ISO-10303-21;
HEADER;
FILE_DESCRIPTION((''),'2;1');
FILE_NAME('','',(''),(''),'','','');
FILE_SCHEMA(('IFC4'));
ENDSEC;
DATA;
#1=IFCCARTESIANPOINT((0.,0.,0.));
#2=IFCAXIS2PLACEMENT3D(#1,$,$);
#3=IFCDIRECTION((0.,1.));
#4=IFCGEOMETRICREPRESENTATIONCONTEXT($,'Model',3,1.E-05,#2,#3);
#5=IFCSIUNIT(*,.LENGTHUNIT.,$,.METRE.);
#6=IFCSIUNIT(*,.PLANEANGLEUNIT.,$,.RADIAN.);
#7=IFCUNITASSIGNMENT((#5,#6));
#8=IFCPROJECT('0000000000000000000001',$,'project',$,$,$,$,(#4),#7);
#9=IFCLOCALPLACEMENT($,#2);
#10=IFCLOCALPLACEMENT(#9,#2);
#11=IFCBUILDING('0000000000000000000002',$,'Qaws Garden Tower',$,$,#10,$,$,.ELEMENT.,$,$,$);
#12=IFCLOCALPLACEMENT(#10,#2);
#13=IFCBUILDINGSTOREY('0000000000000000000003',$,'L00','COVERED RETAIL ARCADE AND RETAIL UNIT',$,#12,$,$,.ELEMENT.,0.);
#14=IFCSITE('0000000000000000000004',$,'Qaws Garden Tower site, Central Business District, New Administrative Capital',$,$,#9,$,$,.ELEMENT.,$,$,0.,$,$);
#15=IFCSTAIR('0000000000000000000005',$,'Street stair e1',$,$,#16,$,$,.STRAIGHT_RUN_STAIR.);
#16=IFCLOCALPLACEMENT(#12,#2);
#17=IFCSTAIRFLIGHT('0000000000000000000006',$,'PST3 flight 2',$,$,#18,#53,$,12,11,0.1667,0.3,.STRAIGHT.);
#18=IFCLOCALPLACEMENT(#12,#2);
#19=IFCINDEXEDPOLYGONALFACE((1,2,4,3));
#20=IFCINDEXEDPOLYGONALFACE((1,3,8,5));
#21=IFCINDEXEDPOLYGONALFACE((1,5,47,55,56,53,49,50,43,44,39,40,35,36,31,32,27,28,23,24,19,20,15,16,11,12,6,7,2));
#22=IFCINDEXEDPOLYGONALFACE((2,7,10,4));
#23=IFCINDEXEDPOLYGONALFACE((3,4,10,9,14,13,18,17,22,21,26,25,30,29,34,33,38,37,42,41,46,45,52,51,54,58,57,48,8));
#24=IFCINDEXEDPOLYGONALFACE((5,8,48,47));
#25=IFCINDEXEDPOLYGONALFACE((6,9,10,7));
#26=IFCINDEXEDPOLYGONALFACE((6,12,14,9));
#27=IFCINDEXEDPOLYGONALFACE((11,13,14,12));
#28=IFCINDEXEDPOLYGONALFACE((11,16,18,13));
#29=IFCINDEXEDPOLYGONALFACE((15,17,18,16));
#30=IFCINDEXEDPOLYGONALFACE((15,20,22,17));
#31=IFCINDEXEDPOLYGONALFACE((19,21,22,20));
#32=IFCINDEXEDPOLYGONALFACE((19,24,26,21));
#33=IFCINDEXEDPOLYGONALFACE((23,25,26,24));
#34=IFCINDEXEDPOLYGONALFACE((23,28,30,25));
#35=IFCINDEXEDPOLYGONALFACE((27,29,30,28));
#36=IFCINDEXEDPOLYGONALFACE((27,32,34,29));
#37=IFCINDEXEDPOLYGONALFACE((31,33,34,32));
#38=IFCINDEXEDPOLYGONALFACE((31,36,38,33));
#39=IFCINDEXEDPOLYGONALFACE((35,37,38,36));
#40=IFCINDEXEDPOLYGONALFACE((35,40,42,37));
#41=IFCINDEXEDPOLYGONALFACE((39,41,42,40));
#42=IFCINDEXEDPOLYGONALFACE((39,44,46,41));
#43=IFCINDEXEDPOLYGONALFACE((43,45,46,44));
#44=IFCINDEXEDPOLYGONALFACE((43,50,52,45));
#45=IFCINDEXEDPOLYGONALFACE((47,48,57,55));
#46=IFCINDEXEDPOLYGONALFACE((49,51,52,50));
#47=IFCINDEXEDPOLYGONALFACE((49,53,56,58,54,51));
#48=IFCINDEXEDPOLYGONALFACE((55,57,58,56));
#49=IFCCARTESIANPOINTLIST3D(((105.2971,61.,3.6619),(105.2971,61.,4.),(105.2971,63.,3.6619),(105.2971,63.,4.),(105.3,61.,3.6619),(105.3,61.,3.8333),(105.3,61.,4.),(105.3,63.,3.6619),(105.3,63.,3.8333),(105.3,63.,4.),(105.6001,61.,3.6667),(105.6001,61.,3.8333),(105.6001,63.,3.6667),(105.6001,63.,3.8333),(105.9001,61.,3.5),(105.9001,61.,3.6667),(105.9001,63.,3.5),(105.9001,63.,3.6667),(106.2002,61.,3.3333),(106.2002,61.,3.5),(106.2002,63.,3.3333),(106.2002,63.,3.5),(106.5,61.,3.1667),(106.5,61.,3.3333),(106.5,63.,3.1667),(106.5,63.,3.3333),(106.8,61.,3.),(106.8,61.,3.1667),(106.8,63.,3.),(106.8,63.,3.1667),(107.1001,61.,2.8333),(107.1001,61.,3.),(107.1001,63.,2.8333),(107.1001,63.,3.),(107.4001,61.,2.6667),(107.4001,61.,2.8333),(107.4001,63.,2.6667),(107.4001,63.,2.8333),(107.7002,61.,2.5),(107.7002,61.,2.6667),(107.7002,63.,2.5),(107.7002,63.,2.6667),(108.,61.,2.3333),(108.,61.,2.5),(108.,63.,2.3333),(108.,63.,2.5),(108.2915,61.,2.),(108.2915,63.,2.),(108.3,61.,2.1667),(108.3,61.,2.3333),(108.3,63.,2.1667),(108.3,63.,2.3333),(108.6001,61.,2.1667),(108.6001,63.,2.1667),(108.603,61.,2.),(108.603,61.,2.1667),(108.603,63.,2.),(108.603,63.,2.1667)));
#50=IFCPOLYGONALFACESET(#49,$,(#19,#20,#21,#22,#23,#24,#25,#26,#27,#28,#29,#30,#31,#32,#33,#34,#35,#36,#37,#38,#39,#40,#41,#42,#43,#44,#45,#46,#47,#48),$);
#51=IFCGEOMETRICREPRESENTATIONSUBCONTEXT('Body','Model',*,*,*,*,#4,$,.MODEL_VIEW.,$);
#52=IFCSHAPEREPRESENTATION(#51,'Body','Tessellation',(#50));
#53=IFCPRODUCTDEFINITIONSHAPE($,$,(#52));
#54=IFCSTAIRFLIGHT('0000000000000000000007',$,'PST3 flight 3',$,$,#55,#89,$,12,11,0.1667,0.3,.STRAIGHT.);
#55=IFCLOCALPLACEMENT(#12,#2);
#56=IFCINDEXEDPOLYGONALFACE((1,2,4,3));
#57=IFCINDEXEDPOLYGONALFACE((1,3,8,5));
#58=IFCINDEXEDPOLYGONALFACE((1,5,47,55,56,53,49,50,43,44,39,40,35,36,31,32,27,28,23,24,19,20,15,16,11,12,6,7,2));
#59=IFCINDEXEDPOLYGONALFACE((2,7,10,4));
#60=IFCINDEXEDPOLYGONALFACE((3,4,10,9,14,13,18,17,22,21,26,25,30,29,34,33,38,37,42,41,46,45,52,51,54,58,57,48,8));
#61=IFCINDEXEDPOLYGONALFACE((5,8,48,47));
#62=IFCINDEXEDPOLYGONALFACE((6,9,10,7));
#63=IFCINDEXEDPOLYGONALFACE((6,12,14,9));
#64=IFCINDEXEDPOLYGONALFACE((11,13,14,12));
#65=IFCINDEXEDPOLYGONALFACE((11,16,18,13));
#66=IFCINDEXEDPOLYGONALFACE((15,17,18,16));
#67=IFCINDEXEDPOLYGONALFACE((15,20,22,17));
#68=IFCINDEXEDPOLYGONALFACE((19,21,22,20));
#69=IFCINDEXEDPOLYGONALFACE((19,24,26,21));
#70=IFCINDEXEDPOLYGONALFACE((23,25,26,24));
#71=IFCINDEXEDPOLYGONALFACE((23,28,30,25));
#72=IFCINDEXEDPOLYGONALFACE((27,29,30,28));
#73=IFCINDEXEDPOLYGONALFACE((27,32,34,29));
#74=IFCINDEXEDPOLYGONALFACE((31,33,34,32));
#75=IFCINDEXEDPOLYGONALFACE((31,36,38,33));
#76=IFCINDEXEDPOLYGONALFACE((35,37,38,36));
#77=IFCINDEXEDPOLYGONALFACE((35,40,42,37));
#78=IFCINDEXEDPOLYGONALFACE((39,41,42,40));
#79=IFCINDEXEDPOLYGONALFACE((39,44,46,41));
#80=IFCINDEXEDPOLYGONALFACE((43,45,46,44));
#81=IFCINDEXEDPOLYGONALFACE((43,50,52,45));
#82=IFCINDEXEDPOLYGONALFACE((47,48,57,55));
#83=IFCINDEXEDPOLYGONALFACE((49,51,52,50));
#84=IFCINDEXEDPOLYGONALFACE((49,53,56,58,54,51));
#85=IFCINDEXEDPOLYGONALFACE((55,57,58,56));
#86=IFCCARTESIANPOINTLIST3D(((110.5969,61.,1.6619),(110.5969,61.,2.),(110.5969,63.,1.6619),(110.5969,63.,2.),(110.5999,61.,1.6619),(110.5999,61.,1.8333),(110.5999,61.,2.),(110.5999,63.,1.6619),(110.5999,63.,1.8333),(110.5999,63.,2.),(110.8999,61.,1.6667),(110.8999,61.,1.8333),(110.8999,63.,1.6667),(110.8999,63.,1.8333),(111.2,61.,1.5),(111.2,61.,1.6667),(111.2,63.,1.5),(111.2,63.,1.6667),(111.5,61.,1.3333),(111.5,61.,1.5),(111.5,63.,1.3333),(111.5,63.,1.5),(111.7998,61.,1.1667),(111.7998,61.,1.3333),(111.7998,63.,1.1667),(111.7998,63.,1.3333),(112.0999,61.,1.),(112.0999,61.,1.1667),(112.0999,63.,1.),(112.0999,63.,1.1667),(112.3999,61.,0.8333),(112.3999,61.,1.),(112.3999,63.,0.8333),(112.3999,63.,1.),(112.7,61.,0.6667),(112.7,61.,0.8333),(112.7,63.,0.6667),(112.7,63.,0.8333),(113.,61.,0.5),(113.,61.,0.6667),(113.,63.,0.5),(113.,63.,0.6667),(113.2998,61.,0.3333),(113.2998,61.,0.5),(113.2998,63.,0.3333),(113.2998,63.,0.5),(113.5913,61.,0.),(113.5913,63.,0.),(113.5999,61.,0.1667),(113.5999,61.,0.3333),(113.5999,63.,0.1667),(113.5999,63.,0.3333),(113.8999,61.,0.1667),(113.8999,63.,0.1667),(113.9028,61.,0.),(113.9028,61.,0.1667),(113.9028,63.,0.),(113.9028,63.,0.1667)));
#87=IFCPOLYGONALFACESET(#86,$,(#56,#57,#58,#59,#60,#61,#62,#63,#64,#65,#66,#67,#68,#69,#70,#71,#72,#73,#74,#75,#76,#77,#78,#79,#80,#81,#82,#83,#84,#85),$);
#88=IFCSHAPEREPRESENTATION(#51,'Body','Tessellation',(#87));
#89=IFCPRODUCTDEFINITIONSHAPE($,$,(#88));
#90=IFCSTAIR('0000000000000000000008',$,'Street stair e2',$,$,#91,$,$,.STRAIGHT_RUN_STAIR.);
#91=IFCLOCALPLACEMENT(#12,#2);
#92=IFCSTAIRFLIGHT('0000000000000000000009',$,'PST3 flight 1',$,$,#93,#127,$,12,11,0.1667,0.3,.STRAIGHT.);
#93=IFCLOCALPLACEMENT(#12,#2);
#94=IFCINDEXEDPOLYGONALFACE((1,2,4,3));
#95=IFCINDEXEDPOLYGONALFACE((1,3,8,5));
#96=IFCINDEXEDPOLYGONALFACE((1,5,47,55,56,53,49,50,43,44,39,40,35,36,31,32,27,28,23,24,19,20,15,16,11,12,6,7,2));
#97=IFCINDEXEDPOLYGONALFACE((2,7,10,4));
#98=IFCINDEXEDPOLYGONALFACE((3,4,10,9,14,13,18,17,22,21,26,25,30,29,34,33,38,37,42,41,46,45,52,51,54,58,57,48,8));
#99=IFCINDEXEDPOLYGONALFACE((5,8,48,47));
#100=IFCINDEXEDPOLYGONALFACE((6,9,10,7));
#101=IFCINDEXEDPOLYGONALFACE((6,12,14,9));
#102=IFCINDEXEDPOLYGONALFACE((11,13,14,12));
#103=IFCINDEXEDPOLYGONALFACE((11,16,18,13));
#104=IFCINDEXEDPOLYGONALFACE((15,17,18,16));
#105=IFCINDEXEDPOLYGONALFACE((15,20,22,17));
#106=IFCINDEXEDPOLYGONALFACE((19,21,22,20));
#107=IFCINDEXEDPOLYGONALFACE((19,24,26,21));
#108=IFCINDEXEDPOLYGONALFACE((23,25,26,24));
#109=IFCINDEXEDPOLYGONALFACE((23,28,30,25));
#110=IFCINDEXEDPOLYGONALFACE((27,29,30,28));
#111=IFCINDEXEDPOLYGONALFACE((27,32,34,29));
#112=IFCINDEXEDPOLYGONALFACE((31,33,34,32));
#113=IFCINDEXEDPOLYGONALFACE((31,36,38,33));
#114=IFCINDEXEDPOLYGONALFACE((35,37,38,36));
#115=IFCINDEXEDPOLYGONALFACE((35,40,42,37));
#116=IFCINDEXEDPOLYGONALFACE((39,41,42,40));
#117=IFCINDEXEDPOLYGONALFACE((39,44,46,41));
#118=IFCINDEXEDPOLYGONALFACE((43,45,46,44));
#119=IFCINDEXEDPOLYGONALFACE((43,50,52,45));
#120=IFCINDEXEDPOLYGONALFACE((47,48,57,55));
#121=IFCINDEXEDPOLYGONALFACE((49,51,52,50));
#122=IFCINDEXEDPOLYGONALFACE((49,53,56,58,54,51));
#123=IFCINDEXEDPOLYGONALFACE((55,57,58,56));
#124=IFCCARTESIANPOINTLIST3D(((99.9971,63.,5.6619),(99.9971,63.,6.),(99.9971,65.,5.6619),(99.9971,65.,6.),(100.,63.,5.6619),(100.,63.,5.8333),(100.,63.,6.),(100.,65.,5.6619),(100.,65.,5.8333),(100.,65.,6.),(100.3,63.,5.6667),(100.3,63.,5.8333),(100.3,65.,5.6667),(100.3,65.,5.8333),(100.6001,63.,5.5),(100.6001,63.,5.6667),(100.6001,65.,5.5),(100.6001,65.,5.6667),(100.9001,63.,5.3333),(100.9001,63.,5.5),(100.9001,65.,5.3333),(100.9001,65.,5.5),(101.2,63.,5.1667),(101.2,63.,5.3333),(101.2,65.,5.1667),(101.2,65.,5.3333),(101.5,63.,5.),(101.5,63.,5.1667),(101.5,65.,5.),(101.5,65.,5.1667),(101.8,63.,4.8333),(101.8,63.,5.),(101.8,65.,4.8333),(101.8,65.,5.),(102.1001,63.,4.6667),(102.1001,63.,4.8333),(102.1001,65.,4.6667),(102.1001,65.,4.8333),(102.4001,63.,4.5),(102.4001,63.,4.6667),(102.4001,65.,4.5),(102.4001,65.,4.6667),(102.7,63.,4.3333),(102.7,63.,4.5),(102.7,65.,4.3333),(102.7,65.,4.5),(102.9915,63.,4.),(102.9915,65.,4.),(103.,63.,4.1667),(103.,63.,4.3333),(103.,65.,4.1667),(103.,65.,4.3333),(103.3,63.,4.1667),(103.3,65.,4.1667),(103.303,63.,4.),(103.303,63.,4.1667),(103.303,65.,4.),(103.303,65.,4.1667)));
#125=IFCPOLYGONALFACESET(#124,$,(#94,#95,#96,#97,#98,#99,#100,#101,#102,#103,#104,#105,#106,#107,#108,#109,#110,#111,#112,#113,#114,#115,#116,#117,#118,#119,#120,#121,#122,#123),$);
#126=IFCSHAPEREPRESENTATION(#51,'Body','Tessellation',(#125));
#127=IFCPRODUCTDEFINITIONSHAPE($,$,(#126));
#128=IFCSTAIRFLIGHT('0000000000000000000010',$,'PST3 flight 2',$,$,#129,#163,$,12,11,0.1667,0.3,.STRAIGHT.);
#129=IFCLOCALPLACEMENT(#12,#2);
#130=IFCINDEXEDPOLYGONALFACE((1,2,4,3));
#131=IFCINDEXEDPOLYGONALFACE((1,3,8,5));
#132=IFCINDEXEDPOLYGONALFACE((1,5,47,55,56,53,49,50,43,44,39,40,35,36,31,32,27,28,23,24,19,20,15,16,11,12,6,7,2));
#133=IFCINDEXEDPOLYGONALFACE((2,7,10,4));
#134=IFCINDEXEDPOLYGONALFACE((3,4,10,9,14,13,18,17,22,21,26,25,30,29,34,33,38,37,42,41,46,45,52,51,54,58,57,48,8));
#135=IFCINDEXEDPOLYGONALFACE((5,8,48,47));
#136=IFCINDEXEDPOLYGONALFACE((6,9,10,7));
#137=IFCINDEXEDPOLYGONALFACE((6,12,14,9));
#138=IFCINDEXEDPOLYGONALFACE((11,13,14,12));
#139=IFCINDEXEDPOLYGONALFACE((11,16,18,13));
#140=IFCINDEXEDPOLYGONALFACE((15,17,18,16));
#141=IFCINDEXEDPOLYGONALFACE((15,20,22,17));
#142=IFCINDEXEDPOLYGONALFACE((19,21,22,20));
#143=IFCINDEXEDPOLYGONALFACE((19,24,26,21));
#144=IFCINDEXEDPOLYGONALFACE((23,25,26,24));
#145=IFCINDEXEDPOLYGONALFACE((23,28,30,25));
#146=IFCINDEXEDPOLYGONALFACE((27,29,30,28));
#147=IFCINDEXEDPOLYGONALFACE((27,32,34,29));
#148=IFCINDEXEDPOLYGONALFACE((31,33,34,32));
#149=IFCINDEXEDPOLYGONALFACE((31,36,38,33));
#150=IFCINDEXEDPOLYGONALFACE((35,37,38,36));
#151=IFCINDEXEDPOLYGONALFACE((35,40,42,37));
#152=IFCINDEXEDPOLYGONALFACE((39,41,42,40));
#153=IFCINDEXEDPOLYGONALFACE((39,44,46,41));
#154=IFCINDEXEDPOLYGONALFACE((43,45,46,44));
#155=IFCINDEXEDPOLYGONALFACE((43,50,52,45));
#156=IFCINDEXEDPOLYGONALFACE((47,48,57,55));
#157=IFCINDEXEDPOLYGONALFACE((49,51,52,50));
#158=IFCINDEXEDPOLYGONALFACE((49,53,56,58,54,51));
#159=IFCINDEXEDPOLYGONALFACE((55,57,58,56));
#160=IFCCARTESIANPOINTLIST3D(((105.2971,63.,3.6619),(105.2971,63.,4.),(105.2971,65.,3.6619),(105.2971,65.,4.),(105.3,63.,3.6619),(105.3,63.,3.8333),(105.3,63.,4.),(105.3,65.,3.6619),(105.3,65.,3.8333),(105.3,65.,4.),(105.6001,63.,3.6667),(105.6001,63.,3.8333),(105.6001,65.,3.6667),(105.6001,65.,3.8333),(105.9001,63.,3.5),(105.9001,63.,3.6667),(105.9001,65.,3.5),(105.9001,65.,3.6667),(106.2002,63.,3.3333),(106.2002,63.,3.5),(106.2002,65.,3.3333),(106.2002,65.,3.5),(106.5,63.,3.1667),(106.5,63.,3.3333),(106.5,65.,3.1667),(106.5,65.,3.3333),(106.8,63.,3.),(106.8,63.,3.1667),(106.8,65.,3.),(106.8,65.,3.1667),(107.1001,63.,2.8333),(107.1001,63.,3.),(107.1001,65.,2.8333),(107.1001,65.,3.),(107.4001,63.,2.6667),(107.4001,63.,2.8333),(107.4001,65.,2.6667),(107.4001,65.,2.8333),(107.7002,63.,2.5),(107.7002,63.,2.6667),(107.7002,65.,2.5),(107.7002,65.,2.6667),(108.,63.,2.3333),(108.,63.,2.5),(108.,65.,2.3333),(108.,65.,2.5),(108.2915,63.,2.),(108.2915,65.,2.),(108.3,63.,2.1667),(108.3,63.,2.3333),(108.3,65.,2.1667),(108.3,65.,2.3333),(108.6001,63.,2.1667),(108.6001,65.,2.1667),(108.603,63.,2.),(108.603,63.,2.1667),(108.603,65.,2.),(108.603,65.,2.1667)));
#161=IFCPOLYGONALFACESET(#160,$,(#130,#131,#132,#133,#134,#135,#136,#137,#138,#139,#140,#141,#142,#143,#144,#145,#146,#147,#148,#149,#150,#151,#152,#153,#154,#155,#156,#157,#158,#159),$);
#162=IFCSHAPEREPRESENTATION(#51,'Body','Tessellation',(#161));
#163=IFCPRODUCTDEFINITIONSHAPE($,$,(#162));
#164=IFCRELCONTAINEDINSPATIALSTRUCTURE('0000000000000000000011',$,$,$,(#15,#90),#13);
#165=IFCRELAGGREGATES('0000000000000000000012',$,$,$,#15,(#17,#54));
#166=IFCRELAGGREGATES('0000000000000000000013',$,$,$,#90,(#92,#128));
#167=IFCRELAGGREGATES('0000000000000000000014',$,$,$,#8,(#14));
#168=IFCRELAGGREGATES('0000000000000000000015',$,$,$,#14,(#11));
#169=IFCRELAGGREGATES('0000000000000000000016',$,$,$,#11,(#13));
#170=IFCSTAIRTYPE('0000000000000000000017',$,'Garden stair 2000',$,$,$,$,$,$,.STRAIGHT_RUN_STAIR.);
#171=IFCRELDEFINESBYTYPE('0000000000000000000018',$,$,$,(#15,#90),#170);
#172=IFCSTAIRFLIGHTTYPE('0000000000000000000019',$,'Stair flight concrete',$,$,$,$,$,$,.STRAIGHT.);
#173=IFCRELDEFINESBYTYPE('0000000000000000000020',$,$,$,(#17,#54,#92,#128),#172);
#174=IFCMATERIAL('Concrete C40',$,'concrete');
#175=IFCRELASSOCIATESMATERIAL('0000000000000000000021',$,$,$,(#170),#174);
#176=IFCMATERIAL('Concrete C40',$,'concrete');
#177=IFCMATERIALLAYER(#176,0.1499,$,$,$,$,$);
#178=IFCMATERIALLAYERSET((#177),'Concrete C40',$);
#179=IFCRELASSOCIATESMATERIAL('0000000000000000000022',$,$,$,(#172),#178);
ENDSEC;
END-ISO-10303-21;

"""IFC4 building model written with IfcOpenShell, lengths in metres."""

from ifc_helpers import new_model, si_unit, direction, frame, origin, place, context, subcontext, project, spatial, polyline, outline, extrude, material, layer, layer_set, type_object, element, aggregate, save


model = new_model("IFC4")

# Units and contexts
model_context = context("Model", 3, precision=1e-05, world=origin(), true_north=direction((0.0, 1.0)))
body_context = subcontext(model_context, "Body", "Model", "MODEL_VIEW")
ifc_project = project(units=[si_unit("LENGTHUNIT", "METRE"), si_unit("PLANEANGLEUNIT", "RADIAN")], contexts=[model_context])

# Site, building, storey
site_placement = place(None, origin())
site = spatial("IfcSite", under=ifc_project, at=site_placement, Name="Qaws Garden Tower site, Central Business District, New Administrative Capital", CompositionType="ELEMENT", RefElevation=0.0)
building_placement = place(site_placement, origin())
building = spatial("IfcBuilding", under=site, at=building_placement, Name="Qaws Garden Tower", CompositionType="ELEMENT")
storey_placement = place(building_placement, origin())
storey = spatial("IfcBuildingStorey", under=building, at=storey_placement, Name="L00", Description="COVERED RETAIL ARCADE AND RETAIL UNIT", CompositionType="ELEMENT", Elevation=0.0)

# Stairs, stair flights
ifc_material_1 = material(Name="Concrete C40", Category="concrete")
stair_type = type_object("IfcStairType", Name="Garden stair 2000", PredefinedType="STRAIGHT_RUN_STAIR", material=ifc_material_1)
placement = place(storey_placement, origin())
stair_1 = element("IfcStair", 1, at=placement, inside=storey, type_object=stair_type, Name="Street stair e1", PredefinedType="STRAIGHT_RUN_STAIR")
ifc_material_2 = material(Name="Concrete C40", Category="concrete")
ifc_layer_1 = layer(ifc_material_2, 0.1499)
ifc_layer_set_1 = layer_set([ifc_layer_1], Name="Concrete C40")
stair_flight_type = type_object("IfcStairFlightType", Name="Stair flight concrete", PredefinedType="STRAIGHT", material=ifc_layer_set_1)
stair_flight_1_placement = place(storey_placement, frame((108.6001, 62.0, 2.0), z_axis=(0.0, 0.0, 1.0), x_axis=(-1.0, 0.0, 0.0)))
stair_flight_1 = element("IfcStairFlight", 2, at=stair_flight_1_placement, type_object=stair_flight_type, Name="PST3 flight 2", NumberOfRisers=12, NumberOfTreads=11, PredefinedType="STRAIGHT", RiserHeight=0.1667, TreadLength=0.3, context=body_context, shape_type="SweptSolid", body=[
    extrude(outline(polyline([(-0.0029, 0.0), (-0.0029, 0.1667), (0.0, 0.1667), (0.3, 0.1667), (0.3, 0.3333), (0.6001, 0.3333), (0.6001, 0.5), (0.8999, 0.5), (0.8999, 0.6667), (1.2, 0.6667), (1.2, 0.8333), (1.5, 0.8333), (1.5, 1.0), (1.8, 1.0), (1.8, 1.1667), (2.1001, 1.1667), (2.1001, 1.3333), (2.3999, 1.3333), (2.3999, 1.5), (2.7, 1.5), (2.7, 1.6667), (3.0, 1.6667), (3.0, 1.8333), (3.3, 1.8333), (3.3, 2.0), (3.303, 2.0), (3.303, 1.6619), (3.3, 1.6619), (0.3086, 0.0), (-0.0029, 0.0)])), frame((0.0, 1.0, 0.0), z_axis=(0.0, -1.0, 0.0), x_axis=(1.0, 0.0, 0.0)), (0.0, 0.0, 1.0), 2.0),
])
stair_flight_2_placement = place(storey_placement, frame((113.8999, 62.0, 0.0), z_axis=(0.0, 0.0, 1.0), x_axis=(-1.0, 0.0, 0.0)))
stair_flight_2 = element("IfcStairFlight", 3, at=stair_flight_2_placement, type_object=stair_flight_type, Name="PST3 flight 3", NumberOfRisers=12, NumberOfTreads=11, PredefinedType="STRAIGHT", RiserHeight=0.1667, TreadLength=0.3, context=body_context, shape_type="SweptSolid", body=[
    extrude(outline(polyline([(-0.0029, 0.0), (-0.0029, 0.1667), (0.0, 0.1667), (0.3, 0.1667), (0.3, 0.3333), (0.6001, 0.3333), (0.6001, 0.5), (0.8999, 0.5), (0.8999, 0.6667), (1.2, 0.6667), (1.2, 0.8333), (1.5, 0.8333), (1.5, 1.0), (1.8, 1.0), (1.8, 1.1667), (2.1001, 1.1667), (2.1001, 1.3333), (2.3999, 1.3333), (2.3999, 1.5), (2.7, 1.5), (2.7, 1.6667), (3.0, 1.6667), (3.0, 1.8333), (3.3, 1.8333), (3.3, 2.0), (3.303, 2.0), (3.303, 1.6619), (3.3, 1.6619), (0.3086, 0.0), (-0.0029, 0.0)])), frame((0.0, 1.0, 0.0), z_axis=(0.0, -1.0, 0.0), x_axis=(1.0, 0.0, 0.0)), (0.0, 0.0, 1.0), 2.0),
])
aggregate(stair_1, [stair_flight_1, stair_flight_2])
stair_2 = element("IfcStair", 4, at=placement, inside=storey, type_object=stair_type, Name="Street stair e2", PredefinedType="STRAIGHT_RUN_STAIR")
stair_flight_3_placement = place(storey_placement, frame((103.3, 64.0, 4.0), z_axis=(0.0, 0.0, 1.0), x_axis=(-1.0, 0.0, 0.0)))
stair_flight_3 = element("IfcStairFlight", 5, at=stair_flight_3_placement, type_object=stair_flight_type, Name="PST3 flight 1", NumberOfRisers=12, NumberOfTreads=11, PredefinedType="STRAIGHT", RiserHeight=0.1667, TreadLength=0.3, context=body_context, shape_type="SweptSolid", body=[
    extrude(outline(polyline([(-0.0029, 0.0), (-0.0029, 0.1667), (0.0, 0.1667), (0.3, 0.1667), (0.3, 0.3333), (0.6001, 0.3333), (0.6001, 0.5), (0.8999, 0.5), (0.8999, 0.6667), (1.2, 0.6667), (1.2, 0.8333), (1.5, 0.8333), (1.5, 1.0), (1.8, 1.0), (1.8, 1.1667), (2.1001, 1.1667), (2.1001, 1.3333), (2.3999, 1.3333), (2.3999, 1.5), (2.7, 1.5), (2.7, 1.6667), (3.0, 1.6667), (3.0, 1.8333), (3.3, 1.8333), (3.3, 2.0), (3.303, 2.0), (3.303, 1.6619), (3.3, 1.6619), (0.3086, 0.0), (-0.0029, 0.0)])), frame((0.0, 1.0, 0.0), z_axis=(0.0, -1.0, 0.0), x_axis=(1.0, 0.0, 0.0)), (0.0, 0.0, 1.0), 2.0),
])
stair_flight_4_placement = place(storey_placement, frame((108.6001, 64.0, 2.0), z_axis=(0.0, 0.0, 1.0), x_axis=(-1.0, 0.0, 0.0)))
stair_flight_4 = element("IfcStairFlight", 6, at=stair_flight_4_placement, type_object=stair_flight_type, Name="PST3 flight 2", NumberOfRisers=12, NumberOfTreads=11, PredefinedType="STRAIGHT", RiserHeight=0.1667, TreadLength=0.3, context=body_context, shape_type="SweptSolid", body=[
    extrude(outline(polyline([(-0.0029, 0.0), (-0.0029, 0.1667), (0.0, 0.1667), (0.3, 0.1667), (0.3, 0.3333), (0.6001, 0.3333), (0.6001, 0.5), (0.8999, 0.5), (0.8999, 0.6667), (1.2, 0.6667), (1.2, 0.8333), (1.5, 0.8333), (1.5, 1.0), (1.8, 1.0), (1.8, 1.1667), (2.1001, 1.1667), (2.1001, 1.3333), (2.3999, 1.3333), (2.3999, 1.5), (2.7, 1.5), (2.7, 1.6667), (3.0, 1.6667), (3.0, 1.8333), (3.3, 1.8333), (3.3, 2.0), (3.303, 2.0), (3.303, 1.6619), (3.3, 1.6619), (0.3086, 0.0), (-0.0029, 0.0)])), frame((0.0, 1.0, 0.0), z_axis=(0.0, -1.0, 0.0), x_axis=(1.0, 0.0, 0.0)), (0.0, 0.0, 1.0), 2.0),
])
aggregate(stair_2, [stair_flight_3, stair_flight_4])

save(model, "model.ifc")
